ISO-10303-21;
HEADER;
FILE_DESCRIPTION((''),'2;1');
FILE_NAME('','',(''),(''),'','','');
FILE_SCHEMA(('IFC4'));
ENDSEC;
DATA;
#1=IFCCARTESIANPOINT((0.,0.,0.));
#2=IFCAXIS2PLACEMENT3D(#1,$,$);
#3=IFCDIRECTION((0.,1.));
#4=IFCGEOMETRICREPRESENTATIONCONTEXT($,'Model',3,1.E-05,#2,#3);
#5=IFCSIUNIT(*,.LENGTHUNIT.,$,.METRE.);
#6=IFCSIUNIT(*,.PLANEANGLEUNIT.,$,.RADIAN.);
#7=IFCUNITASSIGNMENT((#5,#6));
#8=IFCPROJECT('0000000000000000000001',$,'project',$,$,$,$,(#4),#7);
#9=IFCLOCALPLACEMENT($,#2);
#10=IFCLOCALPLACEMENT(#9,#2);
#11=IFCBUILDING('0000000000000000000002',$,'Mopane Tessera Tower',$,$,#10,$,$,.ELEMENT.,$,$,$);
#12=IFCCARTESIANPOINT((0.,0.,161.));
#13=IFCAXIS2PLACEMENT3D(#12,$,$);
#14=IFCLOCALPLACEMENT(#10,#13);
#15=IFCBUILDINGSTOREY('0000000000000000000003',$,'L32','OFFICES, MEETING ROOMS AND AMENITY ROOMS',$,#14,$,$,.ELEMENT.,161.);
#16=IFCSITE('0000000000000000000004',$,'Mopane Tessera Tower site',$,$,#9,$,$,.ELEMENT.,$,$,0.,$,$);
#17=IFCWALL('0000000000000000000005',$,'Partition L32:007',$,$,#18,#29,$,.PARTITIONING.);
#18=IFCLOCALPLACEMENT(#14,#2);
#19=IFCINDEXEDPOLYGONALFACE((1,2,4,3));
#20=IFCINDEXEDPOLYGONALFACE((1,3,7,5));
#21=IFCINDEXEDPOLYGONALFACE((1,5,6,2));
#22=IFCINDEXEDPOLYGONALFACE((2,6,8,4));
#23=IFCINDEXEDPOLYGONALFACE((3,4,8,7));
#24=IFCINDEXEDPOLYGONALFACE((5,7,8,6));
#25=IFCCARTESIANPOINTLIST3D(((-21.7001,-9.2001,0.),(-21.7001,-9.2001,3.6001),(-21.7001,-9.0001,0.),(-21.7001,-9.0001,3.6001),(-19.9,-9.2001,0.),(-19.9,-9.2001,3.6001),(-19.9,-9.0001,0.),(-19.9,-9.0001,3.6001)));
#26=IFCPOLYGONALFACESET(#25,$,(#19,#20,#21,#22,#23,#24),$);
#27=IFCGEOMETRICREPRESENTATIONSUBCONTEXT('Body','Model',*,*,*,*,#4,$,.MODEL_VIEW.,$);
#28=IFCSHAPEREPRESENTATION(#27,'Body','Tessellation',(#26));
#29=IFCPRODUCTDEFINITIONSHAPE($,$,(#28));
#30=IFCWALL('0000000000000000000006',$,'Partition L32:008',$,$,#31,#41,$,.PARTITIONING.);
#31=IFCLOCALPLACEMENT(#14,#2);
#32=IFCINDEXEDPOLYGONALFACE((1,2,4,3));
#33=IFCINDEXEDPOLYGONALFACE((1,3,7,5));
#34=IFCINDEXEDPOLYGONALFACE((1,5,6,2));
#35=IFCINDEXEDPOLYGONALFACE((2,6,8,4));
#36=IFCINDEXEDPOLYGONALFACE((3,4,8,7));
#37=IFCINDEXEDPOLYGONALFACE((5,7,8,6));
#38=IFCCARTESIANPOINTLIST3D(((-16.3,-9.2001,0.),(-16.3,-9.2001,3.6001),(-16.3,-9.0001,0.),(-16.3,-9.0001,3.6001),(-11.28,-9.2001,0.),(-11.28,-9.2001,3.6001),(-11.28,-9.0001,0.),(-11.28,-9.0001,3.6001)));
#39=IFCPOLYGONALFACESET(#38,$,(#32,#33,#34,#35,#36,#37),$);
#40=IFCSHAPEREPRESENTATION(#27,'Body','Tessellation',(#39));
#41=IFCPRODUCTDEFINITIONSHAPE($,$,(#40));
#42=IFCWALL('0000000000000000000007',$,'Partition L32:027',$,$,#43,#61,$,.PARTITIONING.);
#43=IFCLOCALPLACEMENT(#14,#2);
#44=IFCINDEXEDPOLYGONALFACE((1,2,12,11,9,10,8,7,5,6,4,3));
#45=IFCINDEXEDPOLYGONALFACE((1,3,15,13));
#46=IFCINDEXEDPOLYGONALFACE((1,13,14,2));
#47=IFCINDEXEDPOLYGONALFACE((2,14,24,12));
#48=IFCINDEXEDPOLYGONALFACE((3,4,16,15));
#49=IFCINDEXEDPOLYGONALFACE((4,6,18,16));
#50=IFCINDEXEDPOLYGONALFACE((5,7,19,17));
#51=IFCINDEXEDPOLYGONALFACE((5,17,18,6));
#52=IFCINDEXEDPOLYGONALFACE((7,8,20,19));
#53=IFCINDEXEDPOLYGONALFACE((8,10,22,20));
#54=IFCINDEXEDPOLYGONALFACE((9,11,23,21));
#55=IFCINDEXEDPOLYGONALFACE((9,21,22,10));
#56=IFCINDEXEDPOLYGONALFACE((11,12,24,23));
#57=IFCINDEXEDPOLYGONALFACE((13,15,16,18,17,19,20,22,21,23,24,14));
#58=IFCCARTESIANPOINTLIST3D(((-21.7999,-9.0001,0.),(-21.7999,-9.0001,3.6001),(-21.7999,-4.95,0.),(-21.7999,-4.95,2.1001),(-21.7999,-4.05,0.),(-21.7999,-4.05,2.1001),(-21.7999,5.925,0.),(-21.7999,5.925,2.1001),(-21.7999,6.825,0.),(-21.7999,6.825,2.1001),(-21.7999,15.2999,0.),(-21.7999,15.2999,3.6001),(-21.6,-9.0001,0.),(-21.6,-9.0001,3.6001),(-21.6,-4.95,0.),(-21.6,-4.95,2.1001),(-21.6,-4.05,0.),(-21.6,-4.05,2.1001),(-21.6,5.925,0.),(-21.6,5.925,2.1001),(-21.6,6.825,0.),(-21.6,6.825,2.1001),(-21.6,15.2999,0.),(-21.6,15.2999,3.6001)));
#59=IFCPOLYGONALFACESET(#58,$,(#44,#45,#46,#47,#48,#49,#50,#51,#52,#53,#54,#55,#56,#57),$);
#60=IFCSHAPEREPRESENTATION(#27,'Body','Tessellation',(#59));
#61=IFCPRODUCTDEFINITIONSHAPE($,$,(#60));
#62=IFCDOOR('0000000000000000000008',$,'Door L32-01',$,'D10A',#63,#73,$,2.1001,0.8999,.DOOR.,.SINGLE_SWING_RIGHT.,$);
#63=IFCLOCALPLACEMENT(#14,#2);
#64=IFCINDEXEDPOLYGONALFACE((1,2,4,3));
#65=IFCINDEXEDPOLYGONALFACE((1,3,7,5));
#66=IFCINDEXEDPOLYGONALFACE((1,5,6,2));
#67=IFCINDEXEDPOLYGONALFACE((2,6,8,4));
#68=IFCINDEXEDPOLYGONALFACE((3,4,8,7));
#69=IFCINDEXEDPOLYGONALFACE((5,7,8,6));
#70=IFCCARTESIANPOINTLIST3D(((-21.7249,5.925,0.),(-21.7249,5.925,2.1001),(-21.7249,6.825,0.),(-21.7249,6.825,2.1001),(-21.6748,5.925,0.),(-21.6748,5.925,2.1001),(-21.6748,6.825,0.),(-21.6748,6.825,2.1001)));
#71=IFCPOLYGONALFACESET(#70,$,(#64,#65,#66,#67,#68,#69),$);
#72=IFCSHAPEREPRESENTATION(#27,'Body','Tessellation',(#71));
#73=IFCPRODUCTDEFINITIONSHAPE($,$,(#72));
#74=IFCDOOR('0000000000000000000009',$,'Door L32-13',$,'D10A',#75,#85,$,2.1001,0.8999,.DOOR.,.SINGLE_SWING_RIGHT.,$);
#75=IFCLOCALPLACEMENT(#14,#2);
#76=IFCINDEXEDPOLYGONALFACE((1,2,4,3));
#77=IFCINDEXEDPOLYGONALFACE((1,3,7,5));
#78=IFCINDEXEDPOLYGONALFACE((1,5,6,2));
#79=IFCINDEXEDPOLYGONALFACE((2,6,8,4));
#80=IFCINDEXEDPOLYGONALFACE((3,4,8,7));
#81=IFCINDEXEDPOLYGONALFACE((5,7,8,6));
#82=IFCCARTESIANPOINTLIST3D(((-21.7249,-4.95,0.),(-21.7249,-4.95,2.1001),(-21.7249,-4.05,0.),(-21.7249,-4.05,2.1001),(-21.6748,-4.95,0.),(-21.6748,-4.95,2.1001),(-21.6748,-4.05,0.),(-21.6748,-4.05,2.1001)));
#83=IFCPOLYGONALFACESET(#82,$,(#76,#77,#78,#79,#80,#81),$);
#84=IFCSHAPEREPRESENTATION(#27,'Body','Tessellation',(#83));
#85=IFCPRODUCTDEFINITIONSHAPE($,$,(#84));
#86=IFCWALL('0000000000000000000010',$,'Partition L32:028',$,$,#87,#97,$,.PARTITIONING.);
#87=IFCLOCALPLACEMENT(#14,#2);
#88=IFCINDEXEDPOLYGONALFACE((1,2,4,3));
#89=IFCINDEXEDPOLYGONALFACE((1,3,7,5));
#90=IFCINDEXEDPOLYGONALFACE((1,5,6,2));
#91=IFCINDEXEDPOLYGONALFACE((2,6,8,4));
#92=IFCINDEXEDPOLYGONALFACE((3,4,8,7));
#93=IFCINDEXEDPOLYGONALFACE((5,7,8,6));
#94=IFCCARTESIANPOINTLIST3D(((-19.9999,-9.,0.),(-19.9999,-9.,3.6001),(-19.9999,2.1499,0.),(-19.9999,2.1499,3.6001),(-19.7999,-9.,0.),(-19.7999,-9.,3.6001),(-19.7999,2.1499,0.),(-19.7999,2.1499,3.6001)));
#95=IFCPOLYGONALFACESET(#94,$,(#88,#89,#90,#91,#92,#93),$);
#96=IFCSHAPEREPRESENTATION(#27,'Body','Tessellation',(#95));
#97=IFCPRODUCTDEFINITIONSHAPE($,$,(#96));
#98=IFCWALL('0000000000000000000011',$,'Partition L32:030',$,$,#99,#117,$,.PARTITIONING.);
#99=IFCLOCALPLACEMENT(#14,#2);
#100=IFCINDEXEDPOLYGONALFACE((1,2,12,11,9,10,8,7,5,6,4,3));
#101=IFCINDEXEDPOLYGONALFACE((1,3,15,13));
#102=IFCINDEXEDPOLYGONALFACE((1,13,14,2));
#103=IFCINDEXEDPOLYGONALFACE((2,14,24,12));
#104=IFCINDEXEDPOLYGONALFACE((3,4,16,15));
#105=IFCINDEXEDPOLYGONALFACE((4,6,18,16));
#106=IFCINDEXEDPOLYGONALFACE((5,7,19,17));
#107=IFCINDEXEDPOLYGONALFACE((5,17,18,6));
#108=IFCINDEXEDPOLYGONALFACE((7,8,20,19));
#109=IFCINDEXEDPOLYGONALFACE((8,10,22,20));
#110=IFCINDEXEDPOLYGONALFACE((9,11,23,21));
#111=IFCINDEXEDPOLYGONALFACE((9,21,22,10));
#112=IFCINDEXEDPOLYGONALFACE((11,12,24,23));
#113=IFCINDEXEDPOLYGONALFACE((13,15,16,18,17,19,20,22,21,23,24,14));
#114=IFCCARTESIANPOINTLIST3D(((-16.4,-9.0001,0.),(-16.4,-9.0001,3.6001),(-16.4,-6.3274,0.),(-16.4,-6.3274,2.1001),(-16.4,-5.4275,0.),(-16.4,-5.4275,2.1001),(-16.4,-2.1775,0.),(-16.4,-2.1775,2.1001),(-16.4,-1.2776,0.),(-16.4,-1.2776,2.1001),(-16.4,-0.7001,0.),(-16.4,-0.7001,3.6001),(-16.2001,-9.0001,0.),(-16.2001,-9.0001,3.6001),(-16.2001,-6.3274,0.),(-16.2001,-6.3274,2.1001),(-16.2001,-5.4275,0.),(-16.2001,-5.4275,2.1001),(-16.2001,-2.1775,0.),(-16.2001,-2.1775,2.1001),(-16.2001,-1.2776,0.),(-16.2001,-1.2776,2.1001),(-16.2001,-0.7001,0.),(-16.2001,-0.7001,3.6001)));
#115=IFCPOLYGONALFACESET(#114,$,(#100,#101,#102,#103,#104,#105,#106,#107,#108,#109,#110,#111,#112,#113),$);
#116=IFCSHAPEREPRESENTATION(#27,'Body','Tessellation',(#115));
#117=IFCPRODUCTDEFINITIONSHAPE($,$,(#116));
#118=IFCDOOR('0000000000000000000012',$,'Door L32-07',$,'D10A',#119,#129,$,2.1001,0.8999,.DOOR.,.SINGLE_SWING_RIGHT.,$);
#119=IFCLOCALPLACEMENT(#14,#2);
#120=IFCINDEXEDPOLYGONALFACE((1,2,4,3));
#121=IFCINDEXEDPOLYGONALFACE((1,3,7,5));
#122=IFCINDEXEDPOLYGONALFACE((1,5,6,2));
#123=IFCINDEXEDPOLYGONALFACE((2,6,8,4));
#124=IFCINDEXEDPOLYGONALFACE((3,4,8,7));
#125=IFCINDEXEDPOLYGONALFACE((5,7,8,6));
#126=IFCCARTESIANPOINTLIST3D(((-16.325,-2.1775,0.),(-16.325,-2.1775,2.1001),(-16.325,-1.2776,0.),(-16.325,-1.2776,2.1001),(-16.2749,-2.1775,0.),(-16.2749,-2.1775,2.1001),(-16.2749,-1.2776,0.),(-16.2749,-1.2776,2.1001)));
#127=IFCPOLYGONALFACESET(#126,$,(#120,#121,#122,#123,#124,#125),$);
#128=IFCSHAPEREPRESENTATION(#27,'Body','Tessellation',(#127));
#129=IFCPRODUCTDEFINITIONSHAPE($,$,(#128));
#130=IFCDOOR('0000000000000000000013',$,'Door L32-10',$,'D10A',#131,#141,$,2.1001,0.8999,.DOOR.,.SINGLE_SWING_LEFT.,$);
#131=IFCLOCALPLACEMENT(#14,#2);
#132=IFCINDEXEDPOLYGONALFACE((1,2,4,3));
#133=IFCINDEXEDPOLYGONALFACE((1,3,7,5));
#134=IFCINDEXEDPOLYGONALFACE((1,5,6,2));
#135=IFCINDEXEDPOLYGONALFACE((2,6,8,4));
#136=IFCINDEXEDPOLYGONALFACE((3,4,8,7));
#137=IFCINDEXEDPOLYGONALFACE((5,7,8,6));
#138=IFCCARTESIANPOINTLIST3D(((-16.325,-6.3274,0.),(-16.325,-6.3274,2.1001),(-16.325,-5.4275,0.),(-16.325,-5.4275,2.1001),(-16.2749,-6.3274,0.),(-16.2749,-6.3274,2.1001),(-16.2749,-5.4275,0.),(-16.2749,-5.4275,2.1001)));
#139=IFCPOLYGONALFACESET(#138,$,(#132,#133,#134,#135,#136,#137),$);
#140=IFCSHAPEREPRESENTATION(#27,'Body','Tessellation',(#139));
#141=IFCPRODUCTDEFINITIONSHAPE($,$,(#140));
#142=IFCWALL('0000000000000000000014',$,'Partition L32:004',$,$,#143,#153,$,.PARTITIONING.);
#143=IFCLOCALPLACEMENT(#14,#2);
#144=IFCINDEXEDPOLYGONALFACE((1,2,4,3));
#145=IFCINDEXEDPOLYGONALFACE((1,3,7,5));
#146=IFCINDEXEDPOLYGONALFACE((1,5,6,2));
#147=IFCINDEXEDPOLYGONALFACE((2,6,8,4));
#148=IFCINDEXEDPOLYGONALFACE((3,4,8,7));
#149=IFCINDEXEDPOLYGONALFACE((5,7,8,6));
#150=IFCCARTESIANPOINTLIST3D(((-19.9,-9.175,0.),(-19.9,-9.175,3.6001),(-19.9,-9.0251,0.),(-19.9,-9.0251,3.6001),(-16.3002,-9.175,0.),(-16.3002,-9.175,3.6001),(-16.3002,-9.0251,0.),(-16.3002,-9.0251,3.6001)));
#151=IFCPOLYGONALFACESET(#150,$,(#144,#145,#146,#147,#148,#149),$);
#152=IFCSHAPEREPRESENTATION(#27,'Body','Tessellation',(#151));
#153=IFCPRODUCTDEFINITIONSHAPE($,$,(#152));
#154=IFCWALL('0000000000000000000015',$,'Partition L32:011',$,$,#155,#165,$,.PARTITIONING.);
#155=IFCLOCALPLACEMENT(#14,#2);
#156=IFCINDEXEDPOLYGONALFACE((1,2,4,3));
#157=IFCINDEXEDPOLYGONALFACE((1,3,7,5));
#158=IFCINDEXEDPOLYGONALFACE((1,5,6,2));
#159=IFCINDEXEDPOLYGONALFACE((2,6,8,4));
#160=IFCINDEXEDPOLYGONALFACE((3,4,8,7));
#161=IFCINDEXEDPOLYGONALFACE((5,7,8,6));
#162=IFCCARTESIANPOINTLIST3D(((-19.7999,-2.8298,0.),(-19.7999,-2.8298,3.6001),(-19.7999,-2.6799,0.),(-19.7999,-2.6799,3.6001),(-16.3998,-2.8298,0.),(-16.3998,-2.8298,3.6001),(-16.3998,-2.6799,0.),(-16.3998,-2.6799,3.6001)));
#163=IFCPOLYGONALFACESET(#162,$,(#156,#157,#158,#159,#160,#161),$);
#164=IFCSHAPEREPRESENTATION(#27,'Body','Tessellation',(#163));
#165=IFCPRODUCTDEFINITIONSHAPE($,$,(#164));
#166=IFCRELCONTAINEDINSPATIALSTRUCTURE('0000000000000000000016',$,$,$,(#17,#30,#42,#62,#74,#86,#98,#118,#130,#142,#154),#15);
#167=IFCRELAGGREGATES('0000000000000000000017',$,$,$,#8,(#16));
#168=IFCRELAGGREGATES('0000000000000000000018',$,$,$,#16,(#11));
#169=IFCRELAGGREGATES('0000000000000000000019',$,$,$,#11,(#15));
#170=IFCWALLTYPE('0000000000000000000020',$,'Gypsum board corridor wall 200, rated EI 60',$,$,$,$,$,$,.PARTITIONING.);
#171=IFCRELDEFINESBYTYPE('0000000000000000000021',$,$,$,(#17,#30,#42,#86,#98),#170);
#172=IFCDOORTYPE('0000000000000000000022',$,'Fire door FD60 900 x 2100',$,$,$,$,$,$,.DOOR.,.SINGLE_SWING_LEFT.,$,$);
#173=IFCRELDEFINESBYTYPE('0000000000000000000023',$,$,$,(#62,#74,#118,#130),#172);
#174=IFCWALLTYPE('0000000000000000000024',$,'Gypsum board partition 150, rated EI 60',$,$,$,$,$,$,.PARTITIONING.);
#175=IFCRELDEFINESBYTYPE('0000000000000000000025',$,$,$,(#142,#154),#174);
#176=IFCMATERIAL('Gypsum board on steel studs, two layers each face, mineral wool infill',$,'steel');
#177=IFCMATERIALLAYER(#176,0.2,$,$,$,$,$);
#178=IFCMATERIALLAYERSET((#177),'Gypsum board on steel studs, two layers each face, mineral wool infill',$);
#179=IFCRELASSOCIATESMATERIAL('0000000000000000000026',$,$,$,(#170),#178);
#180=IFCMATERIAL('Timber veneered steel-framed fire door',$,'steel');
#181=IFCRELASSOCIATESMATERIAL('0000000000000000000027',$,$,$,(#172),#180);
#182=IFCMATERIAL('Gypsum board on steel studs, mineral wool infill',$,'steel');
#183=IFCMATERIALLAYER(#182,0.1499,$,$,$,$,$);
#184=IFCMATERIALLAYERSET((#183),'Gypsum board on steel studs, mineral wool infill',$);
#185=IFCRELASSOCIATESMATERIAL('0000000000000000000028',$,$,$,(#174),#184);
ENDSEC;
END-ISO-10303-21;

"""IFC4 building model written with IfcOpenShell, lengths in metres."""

from ifc_helpers import new_model, si_unit, direction, frame, frame_2d, origin, place, context, subcontext, project, spatial, rectangle, extrude, material, layer, layer_set, type_object, element, fill, save


model = new_model("IFC4")

# Units and contexts
model_context = context("Model", 3, precision=1e-05, world=origin(), true_north=direction((0.0, 1.0)))
body_context = subcontext(model_context, "Body", "Model", "MODEL_VIEW")
ifc_project = project(units=[si_unit("LENGTHUNIT", "METRE"), si_unit("PLANEANGLEUNIT", "RADIAN")], contexts=[model_context])

# Site, building, storey
site_placement = place(None, origin())
site = spatial("IfcSite", under=ifc_project, at=site_placement, Name="Mopane Tessera Tower site", CompositionType="ELEMENT", RefElevation=0.0)
building_placement = place(site_placement, origin())
building = spatial("IfcBuilding", under=site, at=building_placement, Name="Mopane Tessera Tower", CompositionType="ELEMENT")
storey_placement = place(building_placement, frame((0.0, 0.0, 161.0)))
storey = spatial("IfcBuildingStorey", under=building, at=storey_placement, Name="L32", Description="OFFICES, MEETING ROOMS AND AMENITY ROOMS", CompositionType="ELEMENT", Elevation=161.0)

# Walls
ifc_material_1 = material(Name="Gypsum board on steel studs, two layers each face, mineral wool infill", Category="steel")
ifc_layer_1 = layer(ifc_material_1, 0.2)
ifc_layer_set_1 = layer_set([ifc_layer_1], Name="Gypsum board on steel studs, two layers each face, mineral wool infill")
wall_type_1 = type_object("IfcWallType", Name="Gypsum board corridor wall 200, rated EI 60", PredefinedType="PARTITIONING", material=ifc_layer_set_1)
wall_1_placement = place(storey_placement, frame((-21.7, -9.1001, 0.0), z_axis=(0.0, 0.0, 1.0), x_axis=(1.0, 0.0, 0.0)))
element("IfcWall", 1, at=wall_1_placement, inside=storey, type_object=wall_type_1, Name="Partition L32:007", PredefinedType="PARTITIONING", context=body_context, shape_type="SweptSolid", body=[
    extrude(rectangle(XDim=1.8, YDim=0.2, at=frame_2d((0.8999, 0.0))), origin(), (0.0, 0.0, 1.0), 3.6001),
])
wall_2_placement = place(storey_placement, frame((-16.3, -9.1001, 0.0), z_axis=(0.0, 0.0, 1.0), x_axis=(1.0, 0.0, 0.0)))
element("IfcWall", 2, at=wall_2_placement, inside=storey, type_object=wall_type_1, Name="Partition L32:008", PredefinedType="PARTITIONING", context=body_context, shape_type="SweptSolid", body=[
    extrude(rectangle(XDim=5.02, YDim=0.2, at=frame_2d((2.51, 0.0))), origin(), (0.0, 0.0, 1.0), 3.6001),
])

# Wall, openings, doors
wall_3_placement = place(storey_placement, frame((-21.7, -9.0, 0.0), z_axis=(0.0, 0.0, 1.0), x_axis=(0.0, 1.0, 0.0)))
wall_3 = element("IfcWall", 3, at=wall_3_placement, inside=storey, type_object=wall_type_1, Name="Partition L32:027", PredefinedType="PARTITIONING", context=body_context, shape_type="SweptSolid", body=[
    extrude(rectangle(XDim=24.3, YDim=0.2, at=frame_2d((12.1499, 0.0))), origin(), (0.0, 0.0, 1.0), 3.6001),
])
opening_1_placement = place(wall_3_placement, frame((14.925, 0.0, 0.0)))
opening_1 = element("IfcOpeningElement", 4, at=opening_1_placement, cuts=wall_3, PredefinedType="OPENING", context=body_context, shape_type="SweptSolid", body=[
    extrude(rectangle(XDim=0.8999, YDim=2.1001, at=frame_2d((0.45, 1.05))), frame((0.0, 0.1121, 0.0), z_axis=(0.0, -1.0, 0.0), x_axis=(1.0, 0.0, 0.0)), (0.0, 0.0, 1.0), 0.2239),
])
opening_2_placement = place(wall_3_placement, frame((4.05, 0.0, 0.0)))
opening_2 = element("IfcOpeningElement", 5, at=opening_2_placement, cuts=wall_3, PredefinedType="OPENING", context=body_context, shape_type="SweptSolid", body=[
    extrude(rectangle(XDim=0.8999, YDim=2.1001, at=frame_2d((0.45, 1.05))), frame((0.0, 0.1121, 0.0), z_axis=(0.0, -1.0, 0.0), x_axis=(1.0, 0.0, 0.0)), (0.0, 0.0, 1.0), 0.2239),
])
ifc_material_2 = material(Name="Timber veneered steel-framed fire door", Category="steel")
door_type_1 = type_object("IfcDoorType", Name="Fire door FD60 900 x 2100", OperationType="SINGLE_SWING_LEFT", PredefinedType="DOOR", material=ifc_material_2)
door_1_placement = place(opening_1_placement, origin())
door_1 = element("IfcDoor", 6, at=door_1_placement, inside=storey, type_object=door_type_1, Name="Door L32-01", ObjectType="D10A", OperationType="SINGLE_SWING_RIGHT", OverallHeight=2.1001, OverallWidth=0.8999, PredefinedType="DOOR", context=body_context, shape_type="SweptSolid", body=[
    extrude(rectangle(XDim=0.8999, YDim=2.1001, at=frame_2d((0.45, 1.05))), frame((0.0, 0.0249, 0.0), z_axis=(0.0, -1.0, 0.0), x_axis=(1.0, 0.0, 0.0)), (0.0, 0.0, 1.0), 0.05),
])
fill(opening_1, door_1)
door_2_placement = place(opening_2_placement, origin())
door_2 = element("IfcDoor", 7, at=door_2_placement, inside=storey, type_object=door_type_1, Name="Door L32-13", ObjectType="D10A", OperationType="SINGLE_SWING_RIGHT", OverallHeight=2.1001, OverallWidth=0.8999, PredefinedType="DOOR", context=body_context, shape_type="SweptSolid", body=[
    extrude(rectangle(XDim=0.8999, YDim=2.1001, at=frame_2d((0.45, 1.05))), frame((0.0, 0.0249, 0.0), z_axis=(0.0, -1.0, 0.0), x_axis=(1.0, 0.0, 0.0)), (0.0, 0.0, 1.0), 0.05),
])
fill(opening_2, door_2)

# Wall
wall_4_placement = place(storey_placement, frame((-19.8999, -9.0, 0.0), z_axis=(0.0, 0.0, 1.0), x_axis=(0.0, 1.0, 0.0)))
element("IfcWall", 8, at=wall_4_placement, inside=storey, type_object=wall_type_1, Name="Partition L32:028", PredefinedType="PARTITIONING", context=body_context, shape_type="SweptSolid", body=[
    extrude(rectangle(XDim=11.1499, YDim=0.2, at=frame_2d((5.575, 0.0))), origin(), (0.0, 0.0, 1.0), 3.6001),
])

# Wall, openings, doors
wall_5_placement = place(storey_placement, frame((-16.3, -9.0, 0.0), z_axis=(0.0, 0.0, 1.0), x_axis=(0.0, 1.0, 0.0)))
wall_5 = element("IfcWall", 9, at=wall_5_placement, inside=storey, type_object=wall_type_1, Name="Partition L32:030", PredefinedType="PARTITIONING", context=body_context, shape_type="SweptSolid", body=[
    extrude(rectangle(XDim=8.3, YDim=0.2, at=frame_2d((4.1499, 0.0))), origin(), (0.0, 0.0, 1.0), 3.6001),
])
opening_3_placement = place(wall_5_placement, frame((6.8225, 0.0, 0.0)))
opening_3 = element("IfcOpeningElement", 10, at=opening_3_placement, cuts=wall_5, PredefinedType="OPENING", context=body_context, shape_type="SweptSolid", body=[
    extrude(rectangle(XDim=0.8999, YDim=2.1001, at=frame_2d((0.45, 1.05))), frame((0.0, 0.1121, 0.0), z_axis=(0.0, -1.0, 0.0), x_axis=(1.0, 0.0, 0.0)), (0.0, 0.0, 1.0), 0.2239),
])
opening_4_placement = place(wall_5_placement, frame((2.6726, 0.0, 0.0)))
opening_4 = element("IfcOpeningElement", 11, at=opening_4_placement, cuts=wall_5, PredefinedType="OPENING", context=body_context, shape_type="SweptSolid", body=[
    extrude(rectangle(XDim=0.8999, YDim=2.1001, at=frame_2d((0.45, 1.05))), frame((0.0, 0.1121, 0.0), z_axis=(0.0, -1.0, 0.0), x_axis=(1.0, 0.0, 0.0)), (0.0, 0.0, 1.0), 0.2239),
])
door_3_placement = place(opening_3_placement, origin())
door_3 = element("IfcDoor", 12, at=door_3_placement, inside=storey, type_object=door_type_1, Name="Door L32-07", ObjectType="D10A", OperationType="SINGLE_SWING_RIGHT", OverallHeight=2.1001, OverallWidth=0.8999, PredefinedType="DOOR", context=body_context, shape_type="SweptSolid", body=[
    extrude(rectangle(XDim=0.8999, YDim=2.1001, at=frame_2d((0.45, 1.05))), frame((0.0, 0.0249, 0.0), z_axis=(0.0, -1.0, 0.0), x_axis=(1.0, 0.0, 0.0)), (0.0, 0.0, 1.0), 0.05),
])
fill(opening_3, door_3)
door_4_placement = place(opening_4_placement, origin())
door_4 = element("IfcDoor", 13, at=door_4_placement, inside=storey, type_object=door_type_1, Name="Door L32-10", ObjectType="D10A", OperationType="SINGLE_SWING_LEFT", OverallHeight=2.1001, OverallWidth=0.8999, PredefinedType="DOOR", context=body_context, shape_type="SweptSolid", body=[
    extrude(rectangle(XDim=0.8999, YDim=2.1001, at=frame_2d((0.45, 1.05))), frame((0.0, 0.0249, 0.0), z_axis=(0.0, -1.0, 0.0), x_axis=(1.0, 0.0, 0.0)), (0.0, 0.0, 1.0), 0.05),
])
fill(opening_4, door_4)

# Walls
ifc_material_3 = material(Name="Gypsum board on steel studs, mineral wool infill", Category="steel")
ifc_layer_2 = layer(ifc_material_3, 0.1499)
ifc_layer_set_2 = layer_set([ifc_layer_2], Name="Gypsum board on steel studs, mineral wool infill")
wall_type_2 = type_object("IfcWallType", Name="Gypsum board partition 150, rated EI 60", PredefinedType="PARTITIONING", material=ifc_layer_set_2)
wall_6_placement = place(storey_placement, frame((-19.8999, -9.1001, 0.0), z_axis=(0.0, 0.0, 1.0), x_axis=(1.0, 0.0, 0.0)))
element("IfcWall", 14, at=wall_6_placement, inside=storey, type_object=wall_type_2, Name="Partition L32:004", PredefinedType="PARTITIONING", context=body_context, shape_type="SweptSolid", body=[
    extrude(rectangle(XDim=3.5999, YDim=0.1499, at=frame_2d((1.7998, 0.0))), origin(), (0.0, 0.0, 1.0), 3.6001),
])
wall_7_placement = place(storey_placement, frame((-19.8, -2.7549, 0.0), z_axis=(0.0, 0.0, 1.0), x_axis=(1.0, 0.0, 0.0)))
element("IfcWall", 15, at=wall_7_placement, inside=storey, type_object=wall_type_2, Name="Partition L32:011", PredefinedType="PARTITIONING", context=body_context, shape_type="SweptSolid", body=[
    extrude(rectangle(XDim=3.4001, YDim=0.1499, at=frame_2d((1.7002, 0.0))), origin(), (0.0, 0.0, 1.0), 3.6001),
])

save(model, "model.ifc")
